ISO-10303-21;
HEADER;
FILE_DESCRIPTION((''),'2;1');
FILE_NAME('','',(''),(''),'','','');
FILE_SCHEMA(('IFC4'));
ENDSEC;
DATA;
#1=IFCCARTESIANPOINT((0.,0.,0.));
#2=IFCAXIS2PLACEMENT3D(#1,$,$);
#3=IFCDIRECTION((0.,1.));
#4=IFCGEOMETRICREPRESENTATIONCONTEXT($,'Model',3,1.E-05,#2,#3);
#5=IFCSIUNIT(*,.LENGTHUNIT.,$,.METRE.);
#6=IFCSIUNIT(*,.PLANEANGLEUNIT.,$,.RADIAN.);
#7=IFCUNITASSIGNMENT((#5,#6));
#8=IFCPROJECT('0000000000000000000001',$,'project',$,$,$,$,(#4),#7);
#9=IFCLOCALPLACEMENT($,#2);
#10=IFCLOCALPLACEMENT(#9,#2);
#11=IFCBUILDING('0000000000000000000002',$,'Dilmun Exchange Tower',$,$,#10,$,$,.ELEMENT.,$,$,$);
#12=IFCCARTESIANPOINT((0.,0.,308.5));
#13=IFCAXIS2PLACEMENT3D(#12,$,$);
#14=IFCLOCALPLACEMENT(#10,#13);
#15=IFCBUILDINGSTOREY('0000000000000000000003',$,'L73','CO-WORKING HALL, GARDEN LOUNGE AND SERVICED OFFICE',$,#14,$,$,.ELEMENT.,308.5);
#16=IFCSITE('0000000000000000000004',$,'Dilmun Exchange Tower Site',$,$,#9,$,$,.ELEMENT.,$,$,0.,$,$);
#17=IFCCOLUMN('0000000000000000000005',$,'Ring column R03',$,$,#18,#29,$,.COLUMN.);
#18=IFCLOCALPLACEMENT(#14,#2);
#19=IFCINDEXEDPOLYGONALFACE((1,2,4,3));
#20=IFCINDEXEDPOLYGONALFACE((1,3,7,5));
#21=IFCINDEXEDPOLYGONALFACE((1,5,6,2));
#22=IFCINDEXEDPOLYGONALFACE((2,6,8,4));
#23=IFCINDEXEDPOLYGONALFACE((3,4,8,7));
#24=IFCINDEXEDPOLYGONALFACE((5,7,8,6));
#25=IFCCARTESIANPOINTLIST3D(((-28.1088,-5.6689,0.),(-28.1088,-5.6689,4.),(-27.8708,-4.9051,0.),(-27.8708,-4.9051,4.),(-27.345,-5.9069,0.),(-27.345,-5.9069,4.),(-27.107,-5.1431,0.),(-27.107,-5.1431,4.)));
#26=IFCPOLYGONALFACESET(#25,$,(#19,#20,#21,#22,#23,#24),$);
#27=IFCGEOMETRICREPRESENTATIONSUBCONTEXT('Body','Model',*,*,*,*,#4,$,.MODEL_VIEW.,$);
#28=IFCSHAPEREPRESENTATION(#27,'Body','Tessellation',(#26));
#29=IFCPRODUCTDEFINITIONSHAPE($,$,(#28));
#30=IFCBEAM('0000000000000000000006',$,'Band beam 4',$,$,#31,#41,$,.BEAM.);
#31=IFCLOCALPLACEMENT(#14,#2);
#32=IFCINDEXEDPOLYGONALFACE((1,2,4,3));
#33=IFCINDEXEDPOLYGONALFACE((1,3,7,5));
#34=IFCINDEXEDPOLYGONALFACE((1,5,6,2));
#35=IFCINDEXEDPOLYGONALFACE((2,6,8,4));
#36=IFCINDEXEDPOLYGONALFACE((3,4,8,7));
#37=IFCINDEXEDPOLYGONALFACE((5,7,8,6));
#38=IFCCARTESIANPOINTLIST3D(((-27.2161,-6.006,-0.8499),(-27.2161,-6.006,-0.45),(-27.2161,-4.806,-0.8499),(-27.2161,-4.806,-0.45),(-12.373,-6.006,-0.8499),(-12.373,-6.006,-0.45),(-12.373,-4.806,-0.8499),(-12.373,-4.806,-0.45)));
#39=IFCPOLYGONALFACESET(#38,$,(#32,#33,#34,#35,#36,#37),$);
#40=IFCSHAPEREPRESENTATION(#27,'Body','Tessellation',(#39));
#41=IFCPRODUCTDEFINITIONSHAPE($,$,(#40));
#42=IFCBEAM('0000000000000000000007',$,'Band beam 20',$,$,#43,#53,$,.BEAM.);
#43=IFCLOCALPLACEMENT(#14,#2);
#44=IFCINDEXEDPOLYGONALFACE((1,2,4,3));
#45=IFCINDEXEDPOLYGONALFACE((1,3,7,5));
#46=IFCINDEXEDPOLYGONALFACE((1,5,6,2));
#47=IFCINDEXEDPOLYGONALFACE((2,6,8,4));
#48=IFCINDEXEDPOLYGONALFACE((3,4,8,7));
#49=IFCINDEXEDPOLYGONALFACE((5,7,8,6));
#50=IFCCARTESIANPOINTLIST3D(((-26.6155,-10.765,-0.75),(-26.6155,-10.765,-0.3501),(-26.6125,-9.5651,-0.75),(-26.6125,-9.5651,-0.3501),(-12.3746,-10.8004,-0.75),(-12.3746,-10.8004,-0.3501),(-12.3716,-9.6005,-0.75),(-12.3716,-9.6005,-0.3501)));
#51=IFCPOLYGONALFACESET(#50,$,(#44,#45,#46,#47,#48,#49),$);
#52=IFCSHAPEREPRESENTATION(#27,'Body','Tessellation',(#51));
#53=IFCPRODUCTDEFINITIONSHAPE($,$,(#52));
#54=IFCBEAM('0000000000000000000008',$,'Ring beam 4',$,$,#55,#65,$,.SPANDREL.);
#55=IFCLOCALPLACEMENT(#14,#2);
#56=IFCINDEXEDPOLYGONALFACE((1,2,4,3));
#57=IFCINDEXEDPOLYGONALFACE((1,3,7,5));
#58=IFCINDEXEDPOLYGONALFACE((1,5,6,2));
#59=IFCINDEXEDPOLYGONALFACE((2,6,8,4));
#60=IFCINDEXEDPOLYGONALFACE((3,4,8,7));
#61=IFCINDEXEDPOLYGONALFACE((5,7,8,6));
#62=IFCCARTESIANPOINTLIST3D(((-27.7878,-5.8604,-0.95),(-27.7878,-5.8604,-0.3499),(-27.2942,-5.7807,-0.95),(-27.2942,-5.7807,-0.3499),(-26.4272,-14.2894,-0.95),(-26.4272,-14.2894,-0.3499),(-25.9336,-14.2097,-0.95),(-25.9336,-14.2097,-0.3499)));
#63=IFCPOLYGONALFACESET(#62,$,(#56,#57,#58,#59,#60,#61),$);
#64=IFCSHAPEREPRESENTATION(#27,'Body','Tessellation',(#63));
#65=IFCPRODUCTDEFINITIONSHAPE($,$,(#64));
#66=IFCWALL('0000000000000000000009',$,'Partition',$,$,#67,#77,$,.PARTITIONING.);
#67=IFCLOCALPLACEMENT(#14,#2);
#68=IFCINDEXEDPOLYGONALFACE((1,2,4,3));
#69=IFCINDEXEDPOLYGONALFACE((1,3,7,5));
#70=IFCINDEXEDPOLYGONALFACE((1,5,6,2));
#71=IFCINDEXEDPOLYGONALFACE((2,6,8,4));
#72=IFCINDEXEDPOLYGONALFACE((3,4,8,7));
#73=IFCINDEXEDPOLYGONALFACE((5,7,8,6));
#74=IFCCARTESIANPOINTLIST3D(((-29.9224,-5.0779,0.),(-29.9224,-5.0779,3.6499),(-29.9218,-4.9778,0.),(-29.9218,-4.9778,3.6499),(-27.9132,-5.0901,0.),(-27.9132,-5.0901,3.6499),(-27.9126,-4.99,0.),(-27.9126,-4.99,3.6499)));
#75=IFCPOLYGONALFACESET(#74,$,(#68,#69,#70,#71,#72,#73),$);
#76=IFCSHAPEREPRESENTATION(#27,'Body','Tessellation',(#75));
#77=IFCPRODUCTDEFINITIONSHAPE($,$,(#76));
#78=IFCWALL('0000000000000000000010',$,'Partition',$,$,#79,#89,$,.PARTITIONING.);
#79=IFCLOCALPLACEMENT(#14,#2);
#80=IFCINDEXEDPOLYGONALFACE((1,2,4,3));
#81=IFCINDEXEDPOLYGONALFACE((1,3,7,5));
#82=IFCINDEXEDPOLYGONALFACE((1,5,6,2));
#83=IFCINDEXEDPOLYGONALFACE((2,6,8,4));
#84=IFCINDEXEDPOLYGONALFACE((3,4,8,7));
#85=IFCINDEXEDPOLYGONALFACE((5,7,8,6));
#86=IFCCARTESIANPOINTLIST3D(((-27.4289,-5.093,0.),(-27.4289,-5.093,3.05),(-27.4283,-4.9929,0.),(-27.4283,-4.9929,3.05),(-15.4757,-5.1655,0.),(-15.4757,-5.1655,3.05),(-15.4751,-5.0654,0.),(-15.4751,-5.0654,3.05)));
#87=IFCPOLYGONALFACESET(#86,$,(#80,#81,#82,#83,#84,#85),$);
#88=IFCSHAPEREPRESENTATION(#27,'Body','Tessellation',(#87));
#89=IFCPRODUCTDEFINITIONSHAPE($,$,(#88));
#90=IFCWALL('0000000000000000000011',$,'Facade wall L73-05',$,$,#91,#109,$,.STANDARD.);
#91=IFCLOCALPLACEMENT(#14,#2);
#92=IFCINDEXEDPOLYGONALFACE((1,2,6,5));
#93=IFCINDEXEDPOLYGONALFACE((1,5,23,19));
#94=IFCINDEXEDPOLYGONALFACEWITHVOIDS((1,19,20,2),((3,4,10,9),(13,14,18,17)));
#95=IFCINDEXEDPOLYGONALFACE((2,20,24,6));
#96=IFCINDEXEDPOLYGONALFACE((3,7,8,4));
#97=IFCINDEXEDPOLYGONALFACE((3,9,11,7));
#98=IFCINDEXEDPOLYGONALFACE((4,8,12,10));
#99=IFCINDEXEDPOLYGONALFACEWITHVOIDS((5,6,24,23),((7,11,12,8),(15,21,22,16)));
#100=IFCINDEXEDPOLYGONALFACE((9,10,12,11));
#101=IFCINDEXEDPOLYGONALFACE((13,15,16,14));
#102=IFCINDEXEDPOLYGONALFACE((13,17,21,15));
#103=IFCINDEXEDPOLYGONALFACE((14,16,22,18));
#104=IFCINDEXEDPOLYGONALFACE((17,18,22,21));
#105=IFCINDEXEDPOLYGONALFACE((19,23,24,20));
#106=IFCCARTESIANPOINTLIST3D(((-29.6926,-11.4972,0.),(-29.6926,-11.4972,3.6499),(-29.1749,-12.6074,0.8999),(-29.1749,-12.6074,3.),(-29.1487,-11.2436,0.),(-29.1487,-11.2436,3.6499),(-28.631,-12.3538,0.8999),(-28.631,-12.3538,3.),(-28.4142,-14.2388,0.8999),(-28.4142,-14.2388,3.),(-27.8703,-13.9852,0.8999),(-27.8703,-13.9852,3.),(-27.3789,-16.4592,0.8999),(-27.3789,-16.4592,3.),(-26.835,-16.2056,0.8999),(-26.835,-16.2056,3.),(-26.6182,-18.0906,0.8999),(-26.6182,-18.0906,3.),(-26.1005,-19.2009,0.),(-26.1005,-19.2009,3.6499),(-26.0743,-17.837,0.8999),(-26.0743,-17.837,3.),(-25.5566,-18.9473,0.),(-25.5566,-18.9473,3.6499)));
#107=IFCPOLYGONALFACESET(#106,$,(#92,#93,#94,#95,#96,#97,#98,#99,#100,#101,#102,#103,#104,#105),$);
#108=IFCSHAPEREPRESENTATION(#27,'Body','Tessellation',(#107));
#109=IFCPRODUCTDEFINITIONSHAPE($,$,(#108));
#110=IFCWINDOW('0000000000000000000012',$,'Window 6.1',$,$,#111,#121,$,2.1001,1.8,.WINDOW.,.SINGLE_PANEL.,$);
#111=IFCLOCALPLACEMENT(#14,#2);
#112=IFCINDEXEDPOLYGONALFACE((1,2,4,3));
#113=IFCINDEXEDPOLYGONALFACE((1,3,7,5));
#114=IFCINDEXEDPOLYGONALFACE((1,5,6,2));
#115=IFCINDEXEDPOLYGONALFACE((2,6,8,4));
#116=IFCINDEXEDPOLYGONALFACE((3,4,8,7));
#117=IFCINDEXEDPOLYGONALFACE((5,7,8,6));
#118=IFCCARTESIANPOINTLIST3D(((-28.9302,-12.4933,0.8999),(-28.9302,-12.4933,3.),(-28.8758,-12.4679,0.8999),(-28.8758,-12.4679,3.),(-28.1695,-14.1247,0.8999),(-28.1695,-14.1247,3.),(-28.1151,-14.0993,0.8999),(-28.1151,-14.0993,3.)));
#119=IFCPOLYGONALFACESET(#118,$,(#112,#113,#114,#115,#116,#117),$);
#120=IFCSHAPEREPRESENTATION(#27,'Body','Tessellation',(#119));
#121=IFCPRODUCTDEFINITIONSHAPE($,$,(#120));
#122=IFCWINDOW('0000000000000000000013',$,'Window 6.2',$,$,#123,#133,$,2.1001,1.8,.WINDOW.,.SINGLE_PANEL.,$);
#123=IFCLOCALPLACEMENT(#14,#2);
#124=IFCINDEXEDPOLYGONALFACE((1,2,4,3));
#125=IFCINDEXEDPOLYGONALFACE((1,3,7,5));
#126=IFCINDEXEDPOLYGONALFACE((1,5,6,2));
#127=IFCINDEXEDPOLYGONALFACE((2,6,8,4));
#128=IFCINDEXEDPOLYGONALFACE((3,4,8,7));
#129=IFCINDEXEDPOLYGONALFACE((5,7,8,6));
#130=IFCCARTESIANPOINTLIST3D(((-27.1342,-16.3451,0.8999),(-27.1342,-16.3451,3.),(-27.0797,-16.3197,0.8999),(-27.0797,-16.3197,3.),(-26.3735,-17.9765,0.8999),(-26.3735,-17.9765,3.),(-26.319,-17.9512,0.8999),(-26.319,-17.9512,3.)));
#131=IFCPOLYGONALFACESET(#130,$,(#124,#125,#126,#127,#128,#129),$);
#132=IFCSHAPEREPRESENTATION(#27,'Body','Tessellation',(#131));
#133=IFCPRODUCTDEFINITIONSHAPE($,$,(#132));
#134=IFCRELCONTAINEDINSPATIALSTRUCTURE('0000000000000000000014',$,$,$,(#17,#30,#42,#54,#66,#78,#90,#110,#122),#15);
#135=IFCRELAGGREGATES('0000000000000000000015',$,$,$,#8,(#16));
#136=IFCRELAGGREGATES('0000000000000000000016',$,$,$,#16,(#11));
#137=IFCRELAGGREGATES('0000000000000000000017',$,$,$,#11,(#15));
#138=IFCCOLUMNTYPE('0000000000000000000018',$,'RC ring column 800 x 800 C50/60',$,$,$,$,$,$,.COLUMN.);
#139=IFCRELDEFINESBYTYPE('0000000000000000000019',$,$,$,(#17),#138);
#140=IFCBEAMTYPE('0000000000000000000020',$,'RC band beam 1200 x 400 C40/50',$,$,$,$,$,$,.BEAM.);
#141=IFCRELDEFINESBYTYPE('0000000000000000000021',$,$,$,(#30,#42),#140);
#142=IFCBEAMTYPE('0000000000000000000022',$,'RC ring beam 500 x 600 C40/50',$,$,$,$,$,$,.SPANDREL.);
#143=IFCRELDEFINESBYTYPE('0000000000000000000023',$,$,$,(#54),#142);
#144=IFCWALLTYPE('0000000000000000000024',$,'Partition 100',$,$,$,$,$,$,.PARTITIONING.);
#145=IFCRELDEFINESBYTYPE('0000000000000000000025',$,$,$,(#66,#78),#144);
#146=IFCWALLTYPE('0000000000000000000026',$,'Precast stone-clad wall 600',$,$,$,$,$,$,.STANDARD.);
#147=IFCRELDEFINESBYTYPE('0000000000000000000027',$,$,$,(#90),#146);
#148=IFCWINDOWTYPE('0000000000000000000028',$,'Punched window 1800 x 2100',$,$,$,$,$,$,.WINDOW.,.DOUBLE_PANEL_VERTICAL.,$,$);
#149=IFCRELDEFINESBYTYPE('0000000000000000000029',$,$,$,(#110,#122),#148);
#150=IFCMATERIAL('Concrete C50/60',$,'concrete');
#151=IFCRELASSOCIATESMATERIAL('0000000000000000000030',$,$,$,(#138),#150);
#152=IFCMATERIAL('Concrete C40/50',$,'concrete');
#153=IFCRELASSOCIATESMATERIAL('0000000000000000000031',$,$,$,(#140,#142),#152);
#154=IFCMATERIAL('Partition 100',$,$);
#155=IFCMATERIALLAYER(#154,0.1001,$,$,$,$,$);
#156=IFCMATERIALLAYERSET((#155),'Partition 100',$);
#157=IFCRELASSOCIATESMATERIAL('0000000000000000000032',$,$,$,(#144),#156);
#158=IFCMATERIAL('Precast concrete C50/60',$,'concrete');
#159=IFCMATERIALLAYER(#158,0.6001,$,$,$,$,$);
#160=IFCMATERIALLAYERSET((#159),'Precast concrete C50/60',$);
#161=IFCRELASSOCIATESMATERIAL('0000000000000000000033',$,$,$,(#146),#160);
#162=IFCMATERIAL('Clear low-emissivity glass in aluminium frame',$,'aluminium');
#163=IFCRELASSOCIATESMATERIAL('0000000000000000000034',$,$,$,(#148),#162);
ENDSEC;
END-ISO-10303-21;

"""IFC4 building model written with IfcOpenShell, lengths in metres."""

from ifc_helpers import new_model, si_unit, direction, frame, frame_2d, origin, origin_2d, place, context, subcontext, project, spatial, rectangle, extrude, material, layer, layer_set, material_profile, profile_set, type_object, element, fill, save


model = new_model("IFC4")

# Units and contexts
model_context = context("Model", 3, precision=1e-05, world=origin(), true_north=direction((0.0, 1.0)))
body_context = subcontext(model_context, "Body", "Model", "MODEL_VIEW")
ifc_project = project(units=[si_unit("LENGTHUNIT", "METRE"), si_unit("PLANEANGLEUNIT", "RADIAN")], contexts=[model_context])

# Site, building, storey
site_placement = place(None, origin())
site = spatial("IfcSite", under=ifc_project, at=site_placement, Name="Dilmun Exchange Tower Site", CompositionType="ELEMENT", RefElevation=0.0)
building_placement = place(site_placement, origin())
building = spatial("IfcBuilding", under=site, at=building_placement, Name="Dilmun Exchange Tower", CompositionType="ELEMENT")
storey_placement = place(building_placement, frame((0.0, 0.0, 308.5)))
storey = spatial("IfcBuildingStorey", under=building, at=storey_placement, Name="L73", Description="CO-WORKING HALL, GARDEN LOUNGE AND SERVICED OFFICE", CompositionType="ELEMENT", Elevation=308.5)

# Column
ifc_material_1 = material(Name="Concrete C50/60", Category="concrete")
ifc_material_profile_1 = material_profile(ifc_material_1, rectangle(XDim=0.8, YDim=0.8, at=origin_2d()), Name="800 x 800")
ifc_profile_set_1 = profile_set([ifc_material_profile_1], Name="Concrete C50/60")
column_type = type_object("IfcColumnType", Name="RC ring column 800 x 800 C50/60", PredefinedType="COLUMN", material=ifc_profile_set_1)
column_placement = place(storey_placement, frame((-27.6079, -5.406, 0.0), z_axis=(0.0, 0.0, 1.0), x_axis=(0.297503, 0.954721, 0.0)))
element("IfcColumn", 1, at=column_placement, inside=storey, type_object=column_type, Name="Ring column R03", PredefinedType="COLUMN", context=body_context, shape_type="SweptSolid", body=[
    extrude(rectangle(XDim=0.8, YDim=0.8, at=origin_2d()), origin(), (0.0, 0.0, 1.0), 4.0),
])

# Beams
ifc_material_2 = material(Name="Concrete C40/50", Category="concrete")
ifc_material_profile_2 = material_profile(ifc_material_2, rectangle(XDim=1.2, YDim=0.3999, at=origin_2d()), Name="1200 x 400")
ifc_profile_set_2 = profile_set([ifc_material_profile_2], Name="Concrete C40/50")
beam_type_1 = type_object("IfcBeamType", Name="RC band beam 1200 x 400 C40/50", PredefinedType="BEAM", material=ifc_profile_set_2)
beam_1_placement = place(storey_placement, frame((-27.2161, -5.406, -0.6499), z_axis=(1.0, 0.0, 0.0), x_axis=(0.0, 1.0, 0.0)))
element("IfcBeam", 2, at=beam_1_placement, inside=storey, type_object=beam_type_1, Name="Band beam 4", PredefinedType="BEAM", context=body_context, shape_type="SweptSolid", body=[
    extrude(rectangle(XDim=1.2, YDim=0.3999, at=origin_2d()), origin(), (0.0, 0.0, 1.0), 14.843),
])
beam_2_placement = place(storey_placement, frame((-26.614, -10.165, -0.55), z_axis=(0.999997, -0.002486, 0.0), x_axis=(0.002486, 0.999997, 0.0)))
element("IfcBeam", 3, at=beam_2_placement, inside=storey, type_object=beam_type_1, Name="Band beam 20", PredefinedType="BEAM", context=body_context, shape_type="SweptSolid", body=[
    extrude(rectangle(XDim=1.2, YDim=0.3999, at=origin_2d()), origin(), (0.0, 0.0, 1.0), 14.241),
])
ifc_material_profile_3 = material_profile(ifc_material_2, rectangle(XDim=0.5, YDim=0.6001, at=origin_2d()), Name="500 x 600")
ifc_profile_set_3 = profile_set([ifc_material_profile_3], Name="Concrete C40/50")
beam_type_2 = type_object("IfcBeamType", Name="RC ring beam 500 x 600 C40/50", PredefinedType="SPANDREL", material=ifc_profile_set_3)
beam_3_placement = place(storey_placement, frame((-27.541, -5.8206, -0.6499), z_axis=(0.159357, -0.987221, 0.0), x_axis=(0.987221, 0.159357, 0.0)))
element("IfcBeam", 4, at=beam_3_placement, inside=storey, type_object=beam_type_2, Name="Ring beam 4", PredefinedType="SPANDREL", context=body_context, shape_type="SweptSolid", body=[
    extrude(rectangle(XDim=0.5, YDim=0.6001, at=origin_2d()), origin(), (0.0, 0.0, 1.0), 8.5381),
])

# Walls
ifc_material_3 = material(Name="Partition 100")
ifc_layer_1 = layer(ifc_material_3, 0.1001)
ifc_layer_set_1 = layer_set([ifc_layer_1], Name="Partition 100")
wall_type_1 = type_object("IfcWallType", Name="Partition 100", PredefinedType="PARTITIONING", material=ifc_layer_set_1)
wall_1_placement = place(storey_placement, frame((-29.9221, -5.0278, 0.0), z_axis=(0.0, 0.0, 1.0), x_axis=(0.999982, -0.006075, 0.0)))
element("IfcWall", 5, at=wall_1_placement, inside=storey, type_object=wall_type_1, Name="Partition", PredefinedType="PARTITIONING", context=body_context, shape_type="SweptSolid", body=[
    extrude(rectangle(XDim=2.0093, YDim=0.1001, at=frame_2d((1.0046, 0.0))), origin(), (0.0, 0.0, 1.0), 3.6499),
])
wall_2_placement = place(storey_placement, frame((-27.4285, -5.043, 0.0), z_axis=(0.0, 0.0, 1.0), x_axis=(0.999982, -0.006066, 0.0)))
element("IfcWall", 6, at=wall_2_placement, inside=storey, type_object=wall_type_1, Name="Partition", PredefinedType="PARTITIONING", context=body_context, shape_type="SweptSolid", body=[
    extrude(rectangle(XDim=11.9534, YDim=0.1001, at=frame_2d((5.9766, 0.0))), origin(), (0.0, 0.0, 1.0), 3.05),
])

# Wall, openings, windows
ifc_material_4 = material(Name="Precast concrete C50/60", Category="concrete")
ifc_layer_2 = layer(ifc_material_4, 0.6001)
ifc_layer_set_2 = layer_set([ifc_layer_2], Name="Precast concrete C50/60")
wall_type_2 = type_object("IfcWallType", Name="Precast stone-clad wall 600", PredefinedType="STANDARD", material=ifc_layer_set_2)
wall_3_placement = place(storey_placement, frame((-29.4207, -11.3704, 0.0), z_axis=(0.0, 0.0, 1.0), x_axis=(0.422598, -0.906317, 0.0)))
wall_3 = element("IfcWall", 7, at=wall_3_placement, inside=storey, type_object=wall_type_2, Name="Facade wall L73-05", PredefinedType="STANDARD", context=body_context, shape_type="SweptSolid", body=[
    extrude(rectangle(XDim=8.5, YDim=0.6001, at=frame_2d((4.25, 0.0))), origin(), (0.0, 0.0, 1.0), 3.6499),
])
opening_1_placement = place(wall_3_placement, frame((1.2251, 0.0, 0.8999)))
opening_1 = element("IfcOpeningElement", 8, at=opening_1_placement, cuts=wall_3, PredefinedType="OPENING", context=body_context, shape_type="SweptSolid", body=[
    extrude(rectangle(XDim=1.8, YDim=2.1001, at=frame_2d((0.8999, 1.05))), frame((0.0, 0.3101, 0.0), z_axis=(0.0, -1.0, 0.0), x_axis=(1.0, 0.0, 0.0)), (0.0, 0.0, 1.0), 0.6201),
])
opening_2_placement = place(wall_3_placement, frame((5.4751, 0.0, 0.8999)))
opening_2 = element("IfcOpeningElement", 9, at=opening_2_placement, cuts=wall_3, PredefinedType="OPENING", context=body_context, shape_type="SweptSolid", body=[
    extrude(rectangle(XDim=1.8, YDim=2.1001, at=frame_2d((0.8999, 1.05))), frame((0.0, 0.3101, 0.0), z_axis=(0.0, -1.0, 0.0), x_axis=(1.0, 0.0, 0.0)), (0.0, 0.0, 1.0), 0.6201),
])
ifc_material_5 = material(Name="Clear low-emissivity glass in aluminium frame", Category="aluminium")
window_type = type_object("IfcWindowType", Name="Punched window 1800 x 2100", PartitioningType="DOUBLE_PANEL_VERTICAL", PredefinedType="WINDOW", material=ifc_material_5)
window_1_placement = place(opening_1_placement, origin())
window_1 = element("IfcWindow", 10, at=window_1_placement, inside=storey, type_object=window_type, Name="Window 6.1", OverallHeight=2.1001, OverallWidth=1.8, PartitioningType="SINGLE_PANEL", PredefinedType="WINDOW", context=body_context, shape_type="SweptSolid", body=[
    extrude(rectangle(XDim=1.8, YDim=2.1001, at=frame_2d((0.8999, 1.05))), frame((0.0, 0.03, 0.0), z_axis=(0.0, -1.0, 0.0), x_axis=(1.0, 0.0, 0.0)), (0.0, 0.0, 1.0), 0.0601),
])
fill(opening_1, window_1)
window_2_placement = place(opening_2_placement, origin())
window_2 = element("IfcWindow", 11, at=window_2_placement, inside=storey, type_object=window_type, Name="Window 6.2", OverallHeight=2.1001, OverallWidth=1.8, PartitioningType="SINGLE_PANEL", PredefinedType="WINDOW", context=body_context, shape_type="SweptSolid", body=[
    extrude(rectangle(XDim=1.8, YDim=2.1001, at=frame_2d((0.8999, 1.05))), frame((0.0, 0.03, 0.0), z_axis=(0.0, -1.0, 0.0), x_axis=(1.0, 0.0, 0.0)), (0.0, 0.0, 1.0), 0.0601),
])
fill(opening_2, window_2)

save(model, "model.ifc")
